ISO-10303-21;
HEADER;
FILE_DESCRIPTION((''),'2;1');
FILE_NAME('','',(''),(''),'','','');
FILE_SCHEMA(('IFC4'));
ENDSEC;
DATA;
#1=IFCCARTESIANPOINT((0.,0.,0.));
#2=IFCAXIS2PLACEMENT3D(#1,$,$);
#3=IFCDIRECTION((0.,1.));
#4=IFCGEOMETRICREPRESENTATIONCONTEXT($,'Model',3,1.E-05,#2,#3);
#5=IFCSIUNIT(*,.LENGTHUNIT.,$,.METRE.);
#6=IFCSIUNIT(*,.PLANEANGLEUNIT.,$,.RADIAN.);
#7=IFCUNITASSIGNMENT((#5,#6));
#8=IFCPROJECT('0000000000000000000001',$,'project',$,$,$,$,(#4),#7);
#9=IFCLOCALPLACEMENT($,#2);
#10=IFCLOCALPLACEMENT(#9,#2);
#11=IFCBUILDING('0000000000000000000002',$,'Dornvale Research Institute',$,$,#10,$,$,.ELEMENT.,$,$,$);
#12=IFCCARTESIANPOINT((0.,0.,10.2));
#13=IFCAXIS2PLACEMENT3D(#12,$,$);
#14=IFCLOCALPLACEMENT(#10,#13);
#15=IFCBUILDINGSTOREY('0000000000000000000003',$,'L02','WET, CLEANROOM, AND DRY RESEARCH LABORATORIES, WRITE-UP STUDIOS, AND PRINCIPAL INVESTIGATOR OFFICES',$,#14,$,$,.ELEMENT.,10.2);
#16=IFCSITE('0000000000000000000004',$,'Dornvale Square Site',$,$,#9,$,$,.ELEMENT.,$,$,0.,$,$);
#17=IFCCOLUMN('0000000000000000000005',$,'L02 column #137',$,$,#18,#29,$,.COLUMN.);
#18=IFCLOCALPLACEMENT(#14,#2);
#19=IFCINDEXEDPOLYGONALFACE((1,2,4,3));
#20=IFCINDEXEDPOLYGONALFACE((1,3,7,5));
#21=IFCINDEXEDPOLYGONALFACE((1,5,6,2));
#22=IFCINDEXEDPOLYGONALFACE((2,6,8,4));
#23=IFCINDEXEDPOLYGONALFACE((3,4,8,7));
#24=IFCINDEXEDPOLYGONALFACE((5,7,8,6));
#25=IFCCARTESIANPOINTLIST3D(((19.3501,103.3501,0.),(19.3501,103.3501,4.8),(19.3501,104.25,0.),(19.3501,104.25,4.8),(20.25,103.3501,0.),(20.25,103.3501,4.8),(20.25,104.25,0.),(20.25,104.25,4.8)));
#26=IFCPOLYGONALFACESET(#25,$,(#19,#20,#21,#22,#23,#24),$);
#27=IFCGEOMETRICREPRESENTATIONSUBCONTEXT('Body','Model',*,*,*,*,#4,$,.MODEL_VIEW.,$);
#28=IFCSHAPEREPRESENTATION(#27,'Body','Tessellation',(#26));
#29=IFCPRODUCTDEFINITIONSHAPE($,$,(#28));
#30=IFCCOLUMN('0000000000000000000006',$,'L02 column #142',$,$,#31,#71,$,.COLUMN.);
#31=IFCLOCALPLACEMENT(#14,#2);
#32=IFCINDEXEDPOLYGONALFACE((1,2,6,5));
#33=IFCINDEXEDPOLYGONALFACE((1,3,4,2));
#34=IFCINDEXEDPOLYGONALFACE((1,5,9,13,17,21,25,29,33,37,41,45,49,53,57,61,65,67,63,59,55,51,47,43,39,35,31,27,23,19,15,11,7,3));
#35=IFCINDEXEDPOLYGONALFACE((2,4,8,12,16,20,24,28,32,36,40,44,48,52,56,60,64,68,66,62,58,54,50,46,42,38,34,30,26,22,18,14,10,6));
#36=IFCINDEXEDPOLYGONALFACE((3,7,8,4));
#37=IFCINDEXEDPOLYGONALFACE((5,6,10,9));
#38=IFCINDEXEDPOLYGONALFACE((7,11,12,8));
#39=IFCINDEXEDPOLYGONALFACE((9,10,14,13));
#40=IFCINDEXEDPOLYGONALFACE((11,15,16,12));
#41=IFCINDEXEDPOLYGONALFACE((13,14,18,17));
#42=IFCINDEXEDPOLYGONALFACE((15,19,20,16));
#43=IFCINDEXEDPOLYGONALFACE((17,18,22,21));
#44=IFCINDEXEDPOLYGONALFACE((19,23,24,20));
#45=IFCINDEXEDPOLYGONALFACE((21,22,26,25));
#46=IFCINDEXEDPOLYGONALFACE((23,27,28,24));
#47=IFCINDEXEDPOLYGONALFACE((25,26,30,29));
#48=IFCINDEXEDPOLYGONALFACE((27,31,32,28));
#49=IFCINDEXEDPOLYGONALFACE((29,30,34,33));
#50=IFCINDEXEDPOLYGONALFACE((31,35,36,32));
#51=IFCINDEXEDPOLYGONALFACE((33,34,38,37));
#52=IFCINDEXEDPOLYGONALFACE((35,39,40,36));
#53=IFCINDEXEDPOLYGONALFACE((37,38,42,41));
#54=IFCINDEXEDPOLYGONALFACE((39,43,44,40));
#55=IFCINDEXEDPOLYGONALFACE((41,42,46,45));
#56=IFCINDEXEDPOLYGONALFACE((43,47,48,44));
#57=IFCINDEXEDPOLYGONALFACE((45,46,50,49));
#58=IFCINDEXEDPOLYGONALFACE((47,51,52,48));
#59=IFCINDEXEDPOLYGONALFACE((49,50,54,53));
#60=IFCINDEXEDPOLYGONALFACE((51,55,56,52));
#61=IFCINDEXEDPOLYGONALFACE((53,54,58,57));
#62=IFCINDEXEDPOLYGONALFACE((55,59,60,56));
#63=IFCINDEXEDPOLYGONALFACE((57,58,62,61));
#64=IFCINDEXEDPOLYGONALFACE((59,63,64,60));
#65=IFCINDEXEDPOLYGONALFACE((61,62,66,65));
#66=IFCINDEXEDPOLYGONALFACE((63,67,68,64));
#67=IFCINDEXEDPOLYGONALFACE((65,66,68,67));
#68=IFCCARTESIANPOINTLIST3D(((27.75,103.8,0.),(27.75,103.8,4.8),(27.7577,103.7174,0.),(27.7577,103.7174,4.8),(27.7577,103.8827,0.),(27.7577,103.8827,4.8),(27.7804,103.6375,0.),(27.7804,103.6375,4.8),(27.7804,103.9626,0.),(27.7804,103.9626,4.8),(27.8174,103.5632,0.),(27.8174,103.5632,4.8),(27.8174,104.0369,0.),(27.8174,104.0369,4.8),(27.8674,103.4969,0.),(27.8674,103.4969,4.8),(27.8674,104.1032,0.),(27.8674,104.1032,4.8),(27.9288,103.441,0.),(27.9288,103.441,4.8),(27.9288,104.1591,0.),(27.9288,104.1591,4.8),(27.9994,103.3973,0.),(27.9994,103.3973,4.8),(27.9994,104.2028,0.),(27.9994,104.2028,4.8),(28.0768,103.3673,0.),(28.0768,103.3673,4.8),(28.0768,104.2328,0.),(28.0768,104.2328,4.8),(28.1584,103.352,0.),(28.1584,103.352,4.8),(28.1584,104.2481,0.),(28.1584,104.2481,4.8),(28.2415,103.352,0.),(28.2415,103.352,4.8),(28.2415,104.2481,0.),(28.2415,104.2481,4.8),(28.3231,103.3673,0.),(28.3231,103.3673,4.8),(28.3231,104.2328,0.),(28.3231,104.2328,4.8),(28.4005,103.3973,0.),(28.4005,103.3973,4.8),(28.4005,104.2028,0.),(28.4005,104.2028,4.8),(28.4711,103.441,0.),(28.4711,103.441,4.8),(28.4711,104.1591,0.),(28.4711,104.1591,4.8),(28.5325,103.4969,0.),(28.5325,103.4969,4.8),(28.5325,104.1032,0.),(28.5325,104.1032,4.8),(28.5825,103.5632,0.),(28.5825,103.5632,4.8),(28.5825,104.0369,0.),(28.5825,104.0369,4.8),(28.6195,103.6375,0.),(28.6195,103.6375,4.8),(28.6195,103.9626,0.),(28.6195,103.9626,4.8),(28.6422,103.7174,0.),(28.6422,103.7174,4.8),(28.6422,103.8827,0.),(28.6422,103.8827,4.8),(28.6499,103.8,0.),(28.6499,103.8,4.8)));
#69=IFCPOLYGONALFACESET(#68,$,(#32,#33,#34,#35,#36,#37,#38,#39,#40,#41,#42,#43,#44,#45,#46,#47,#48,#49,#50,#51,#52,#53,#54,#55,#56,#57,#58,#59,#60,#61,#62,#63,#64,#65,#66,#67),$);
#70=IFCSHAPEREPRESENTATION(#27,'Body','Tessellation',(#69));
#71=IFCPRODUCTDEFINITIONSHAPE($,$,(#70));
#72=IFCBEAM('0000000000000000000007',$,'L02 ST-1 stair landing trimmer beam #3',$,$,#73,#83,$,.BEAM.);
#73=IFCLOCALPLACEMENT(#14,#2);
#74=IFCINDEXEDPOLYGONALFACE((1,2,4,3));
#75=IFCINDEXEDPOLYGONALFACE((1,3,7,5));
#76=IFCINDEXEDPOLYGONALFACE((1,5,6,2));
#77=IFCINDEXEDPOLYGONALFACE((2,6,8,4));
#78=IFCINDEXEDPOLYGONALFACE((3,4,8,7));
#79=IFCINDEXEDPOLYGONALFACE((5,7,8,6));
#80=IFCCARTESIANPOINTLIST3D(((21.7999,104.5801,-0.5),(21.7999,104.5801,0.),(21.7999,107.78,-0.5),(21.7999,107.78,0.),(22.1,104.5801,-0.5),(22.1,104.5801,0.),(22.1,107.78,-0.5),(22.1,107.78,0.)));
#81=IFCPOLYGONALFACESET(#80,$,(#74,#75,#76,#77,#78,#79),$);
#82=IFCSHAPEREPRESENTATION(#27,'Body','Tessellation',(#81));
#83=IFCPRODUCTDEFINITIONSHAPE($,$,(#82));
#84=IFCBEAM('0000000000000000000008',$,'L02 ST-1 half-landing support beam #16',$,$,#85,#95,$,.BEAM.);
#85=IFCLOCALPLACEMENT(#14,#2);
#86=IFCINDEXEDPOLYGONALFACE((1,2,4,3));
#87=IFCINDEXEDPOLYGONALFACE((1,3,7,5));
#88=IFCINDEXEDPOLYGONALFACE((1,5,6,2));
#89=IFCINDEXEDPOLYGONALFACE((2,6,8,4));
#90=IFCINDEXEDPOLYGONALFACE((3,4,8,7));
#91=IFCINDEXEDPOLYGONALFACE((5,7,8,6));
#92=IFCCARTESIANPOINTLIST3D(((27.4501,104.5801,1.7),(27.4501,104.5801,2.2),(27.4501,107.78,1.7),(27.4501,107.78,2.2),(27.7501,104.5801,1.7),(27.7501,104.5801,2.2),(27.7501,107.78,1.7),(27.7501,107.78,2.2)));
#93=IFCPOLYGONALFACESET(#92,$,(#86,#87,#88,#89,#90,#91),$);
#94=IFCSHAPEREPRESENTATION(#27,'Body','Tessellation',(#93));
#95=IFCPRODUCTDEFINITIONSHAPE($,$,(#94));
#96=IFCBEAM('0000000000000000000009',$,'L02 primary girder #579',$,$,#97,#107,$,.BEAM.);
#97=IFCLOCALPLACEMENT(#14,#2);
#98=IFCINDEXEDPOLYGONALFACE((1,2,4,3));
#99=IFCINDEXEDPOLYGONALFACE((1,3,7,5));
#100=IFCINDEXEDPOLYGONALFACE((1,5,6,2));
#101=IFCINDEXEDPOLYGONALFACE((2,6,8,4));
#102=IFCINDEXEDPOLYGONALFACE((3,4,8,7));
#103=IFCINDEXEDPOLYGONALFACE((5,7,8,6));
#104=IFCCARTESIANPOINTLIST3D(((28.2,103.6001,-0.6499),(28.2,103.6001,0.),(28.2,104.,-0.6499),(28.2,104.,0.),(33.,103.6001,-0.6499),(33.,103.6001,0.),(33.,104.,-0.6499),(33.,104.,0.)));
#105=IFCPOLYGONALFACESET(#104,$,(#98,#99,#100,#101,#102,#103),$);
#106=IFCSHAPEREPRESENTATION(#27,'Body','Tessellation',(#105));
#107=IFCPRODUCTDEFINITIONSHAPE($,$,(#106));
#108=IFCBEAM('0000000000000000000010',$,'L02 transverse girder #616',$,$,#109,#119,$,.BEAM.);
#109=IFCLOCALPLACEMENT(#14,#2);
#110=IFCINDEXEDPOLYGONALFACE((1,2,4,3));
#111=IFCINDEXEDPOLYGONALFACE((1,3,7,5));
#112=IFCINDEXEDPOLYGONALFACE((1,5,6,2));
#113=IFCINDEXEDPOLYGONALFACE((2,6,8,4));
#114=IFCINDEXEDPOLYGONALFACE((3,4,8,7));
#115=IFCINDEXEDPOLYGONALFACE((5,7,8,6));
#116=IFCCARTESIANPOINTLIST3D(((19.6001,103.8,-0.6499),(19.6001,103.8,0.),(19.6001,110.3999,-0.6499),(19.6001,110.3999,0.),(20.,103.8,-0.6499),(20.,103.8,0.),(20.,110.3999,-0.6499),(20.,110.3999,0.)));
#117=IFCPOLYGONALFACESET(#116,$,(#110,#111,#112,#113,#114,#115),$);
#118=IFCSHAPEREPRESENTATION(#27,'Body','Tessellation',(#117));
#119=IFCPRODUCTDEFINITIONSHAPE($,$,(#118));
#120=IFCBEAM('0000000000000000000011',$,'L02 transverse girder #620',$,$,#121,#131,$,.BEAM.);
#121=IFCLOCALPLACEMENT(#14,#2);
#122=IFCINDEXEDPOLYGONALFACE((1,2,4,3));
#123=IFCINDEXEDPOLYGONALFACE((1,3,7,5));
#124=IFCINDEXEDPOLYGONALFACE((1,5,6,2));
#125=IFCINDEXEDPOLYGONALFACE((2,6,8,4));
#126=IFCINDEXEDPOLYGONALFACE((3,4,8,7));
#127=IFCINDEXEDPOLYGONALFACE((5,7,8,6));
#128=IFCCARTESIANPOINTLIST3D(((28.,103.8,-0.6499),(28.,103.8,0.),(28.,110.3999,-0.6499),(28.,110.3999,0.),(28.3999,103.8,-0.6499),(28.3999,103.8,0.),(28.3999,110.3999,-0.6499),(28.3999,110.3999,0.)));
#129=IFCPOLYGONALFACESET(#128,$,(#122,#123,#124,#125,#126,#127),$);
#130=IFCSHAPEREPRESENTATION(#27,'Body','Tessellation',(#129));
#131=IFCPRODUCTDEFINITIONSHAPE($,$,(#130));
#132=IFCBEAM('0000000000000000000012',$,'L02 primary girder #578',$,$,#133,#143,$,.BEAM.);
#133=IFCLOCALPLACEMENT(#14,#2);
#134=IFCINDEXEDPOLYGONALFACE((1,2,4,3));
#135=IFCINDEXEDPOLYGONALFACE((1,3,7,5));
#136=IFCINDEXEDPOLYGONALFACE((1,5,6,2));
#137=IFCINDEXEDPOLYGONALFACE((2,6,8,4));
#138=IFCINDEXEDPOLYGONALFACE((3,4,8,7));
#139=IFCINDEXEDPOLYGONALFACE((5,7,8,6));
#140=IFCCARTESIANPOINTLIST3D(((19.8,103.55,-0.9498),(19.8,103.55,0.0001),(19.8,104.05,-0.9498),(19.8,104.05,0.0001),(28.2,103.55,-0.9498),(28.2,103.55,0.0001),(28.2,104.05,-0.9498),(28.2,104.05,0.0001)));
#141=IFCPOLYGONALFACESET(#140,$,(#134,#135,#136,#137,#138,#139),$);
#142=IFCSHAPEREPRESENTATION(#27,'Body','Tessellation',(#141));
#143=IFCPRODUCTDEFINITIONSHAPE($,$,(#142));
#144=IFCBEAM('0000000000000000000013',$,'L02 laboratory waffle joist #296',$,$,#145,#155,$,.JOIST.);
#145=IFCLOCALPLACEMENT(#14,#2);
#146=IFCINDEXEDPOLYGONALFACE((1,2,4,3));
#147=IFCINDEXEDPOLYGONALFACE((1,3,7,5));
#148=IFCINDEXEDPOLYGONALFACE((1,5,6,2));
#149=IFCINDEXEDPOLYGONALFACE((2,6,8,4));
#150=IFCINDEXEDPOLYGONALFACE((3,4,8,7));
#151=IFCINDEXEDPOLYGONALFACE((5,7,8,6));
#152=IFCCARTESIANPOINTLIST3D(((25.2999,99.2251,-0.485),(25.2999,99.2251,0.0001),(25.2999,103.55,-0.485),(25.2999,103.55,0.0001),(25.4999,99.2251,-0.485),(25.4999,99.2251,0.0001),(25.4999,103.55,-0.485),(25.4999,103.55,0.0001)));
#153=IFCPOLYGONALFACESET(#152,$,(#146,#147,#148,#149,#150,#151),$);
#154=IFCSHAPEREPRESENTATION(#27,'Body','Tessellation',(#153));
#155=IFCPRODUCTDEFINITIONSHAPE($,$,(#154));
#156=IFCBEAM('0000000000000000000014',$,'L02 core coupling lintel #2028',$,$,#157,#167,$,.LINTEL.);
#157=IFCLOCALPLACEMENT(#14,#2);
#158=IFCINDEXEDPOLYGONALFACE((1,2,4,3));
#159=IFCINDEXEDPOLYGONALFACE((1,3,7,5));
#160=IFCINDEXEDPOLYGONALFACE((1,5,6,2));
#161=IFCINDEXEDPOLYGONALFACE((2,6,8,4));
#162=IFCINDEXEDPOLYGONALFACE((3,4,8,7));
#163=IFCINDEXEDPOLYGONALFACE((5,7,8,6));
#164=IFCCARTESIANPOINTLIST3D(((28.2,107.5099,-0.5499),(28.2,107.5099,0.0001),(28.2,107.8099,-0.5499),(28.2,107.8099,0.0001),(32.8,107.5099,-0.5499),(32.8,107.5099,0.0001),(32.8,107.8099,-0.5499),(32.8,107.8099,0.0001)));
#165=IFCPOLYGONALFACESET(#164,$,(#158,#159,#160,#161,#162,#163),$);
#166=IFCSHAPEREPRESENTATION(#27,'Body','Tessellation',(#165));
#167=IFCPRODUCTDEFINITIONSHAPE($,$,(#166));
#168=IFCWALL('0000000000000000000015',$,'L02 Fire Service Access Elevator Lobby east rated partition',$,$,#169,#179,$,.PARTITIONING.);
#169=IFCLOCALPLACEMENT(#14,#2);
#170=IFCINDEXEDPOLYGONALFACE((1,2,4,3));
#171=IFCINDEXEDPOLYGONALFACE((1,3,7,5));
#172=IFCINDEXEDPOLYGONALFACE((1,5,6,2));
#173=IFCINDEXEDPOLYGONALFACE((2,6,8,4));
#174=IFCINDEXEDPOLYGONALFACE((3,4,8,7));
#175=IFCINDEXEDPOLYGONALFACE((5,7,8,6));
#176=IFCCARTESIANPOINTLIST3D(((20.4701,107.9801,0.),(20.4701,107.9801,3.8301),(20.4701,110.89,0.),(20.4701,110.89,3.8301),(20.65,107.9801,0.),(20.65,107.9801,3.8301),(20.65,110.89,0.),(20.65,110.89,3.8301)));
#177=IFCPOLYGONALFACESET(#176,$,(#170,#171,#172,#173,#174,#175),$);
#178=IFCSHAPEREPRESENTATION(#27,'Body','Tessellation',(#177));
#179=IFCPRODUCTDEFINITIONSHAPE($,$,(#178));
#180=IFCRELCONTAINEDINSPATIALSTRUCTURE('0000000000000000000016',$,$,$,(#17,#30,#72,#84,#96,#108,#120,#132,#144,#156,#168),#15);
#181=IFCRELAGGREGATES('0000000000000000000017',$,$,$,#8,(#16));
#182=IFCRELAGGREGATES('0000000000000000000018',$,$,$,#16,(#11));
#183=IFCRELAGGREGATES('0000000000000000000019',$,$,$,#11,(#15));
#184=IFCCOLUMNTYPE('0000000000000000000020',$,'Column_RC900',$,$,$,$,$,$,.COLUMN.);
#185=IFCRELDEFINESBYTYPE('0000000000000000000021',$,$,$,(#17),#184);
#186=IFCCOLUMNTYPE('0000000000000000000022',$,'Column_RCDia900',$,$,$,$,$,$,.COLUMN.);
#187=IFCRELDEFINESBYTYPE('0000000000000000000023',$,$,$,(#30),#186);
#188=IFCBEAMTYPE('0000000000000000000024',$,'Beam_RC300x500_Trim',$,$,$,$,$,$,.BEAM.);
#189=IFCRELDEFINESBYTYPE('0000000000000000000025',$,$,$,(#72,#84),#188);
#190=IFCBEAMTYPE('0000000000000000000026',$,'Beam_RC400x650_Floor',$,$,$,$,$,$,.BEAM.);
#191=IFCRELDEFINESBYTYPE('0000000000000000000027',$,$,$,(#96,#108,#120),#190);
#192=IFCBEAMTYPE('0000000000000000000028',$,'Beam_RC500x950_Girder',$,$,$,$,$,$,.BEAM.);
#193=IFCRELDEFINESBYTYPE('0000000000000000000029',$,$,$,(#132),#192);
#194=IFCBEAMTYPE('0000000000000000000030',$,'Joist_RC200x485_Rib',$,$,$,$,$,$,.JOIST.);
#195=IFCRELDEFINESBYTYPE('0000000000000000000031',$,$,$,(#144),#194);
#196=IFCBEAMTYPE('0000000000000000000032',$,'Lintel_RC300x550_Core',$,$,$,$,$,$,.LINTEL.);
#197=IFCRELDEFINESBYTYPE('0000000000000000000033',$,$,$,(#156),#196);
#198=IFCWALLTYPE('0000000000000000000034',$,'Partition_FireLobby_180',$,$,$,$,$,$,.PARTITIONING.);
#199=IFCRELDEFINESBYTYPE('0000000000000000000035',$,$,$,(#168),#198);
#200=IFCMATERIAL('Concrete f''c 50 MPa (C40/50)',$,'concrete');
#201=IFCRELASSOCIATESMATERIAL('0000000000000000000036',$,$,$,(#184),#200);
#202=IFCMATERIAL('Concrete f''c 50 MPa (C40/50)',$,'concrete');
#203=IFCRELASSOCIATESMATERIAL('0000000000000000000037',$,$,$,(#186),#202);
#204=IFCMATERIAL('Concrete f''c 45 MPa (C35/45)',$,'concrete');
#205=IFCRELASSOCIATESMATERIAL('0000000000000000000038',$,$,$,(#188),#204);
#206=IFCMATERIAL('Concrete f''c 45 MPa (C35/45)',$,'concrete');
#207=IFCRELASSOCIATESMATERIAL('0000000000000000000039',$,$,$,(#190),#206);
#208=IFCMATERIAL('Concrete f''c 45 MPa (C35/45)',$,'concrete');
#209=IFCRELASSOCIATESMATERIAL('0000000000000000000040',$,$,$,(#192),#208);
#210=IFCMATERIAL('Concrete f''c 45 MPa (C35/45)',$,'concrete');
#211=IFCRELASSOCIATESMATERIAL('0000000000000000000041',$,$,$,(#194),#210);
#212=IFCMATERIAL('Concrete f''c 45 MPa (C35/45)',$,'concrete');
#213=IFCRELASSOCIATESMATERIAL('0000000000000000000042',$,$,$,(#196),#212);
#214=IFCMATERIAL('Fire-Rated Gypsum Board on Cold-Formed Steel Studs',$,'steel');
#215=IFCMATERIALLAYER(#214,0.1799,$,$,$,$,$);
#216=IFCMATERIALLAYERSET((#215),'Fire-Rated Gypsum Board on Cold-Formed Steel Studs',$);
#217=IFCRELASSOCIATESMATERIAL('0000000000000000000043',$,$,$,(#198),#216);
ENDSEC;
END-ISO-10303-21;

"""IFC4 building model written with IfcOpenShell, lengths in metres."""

from ifc_helpers import new_model, si_unit, direction, frame, frame_2d, origin, origin_2d, place, context, subcontext, project, spatial, rectangle, circle, extrude, material, layer, layer_set, material_profile, profile_set, type_object, element, save


model = new_model("IFC4")

# Units and contexts
model_context = context("Model", 3, precision=1e-05, world=origin(), true_north=direction((0.0, 1.0)))
body_context = subcontext(model_context, "Body", "Model", "MODEL_VIEW")
ifc_project = project(units=[si_unit("LENGTHUNIT", "METRE"), si_unit("PLANEANGLEUNIT", "RADIAN")], contexts=[model_context])

# Site, building, storey
site_placement = place(None, origin())
site = spatial("IfcSite", under=ifc_project, at=site_placement, Name="Dornvale Square Site", CompositionType="ELEMENT", RefElevation=0.0)
building_placement = place(site_placement, origin())
building = spatial("IfcBuilding", under=site, at=building_placement, Name="Dornvale Research Institute", CompositionType="ELEMENT")
storey_placement = place(building_placement, frame((0.0, 0.0, 10.2)))
storey = spatial("IfcBuildingStorey", under=building, at=storey_placement, Name="L02", Description="WET, CLEANROOM, AND DRY RESEARCH LABORATORIES, WRITE-UP STUDIOS, AND PRINCIPAL INVESTIGATOR OFFICES", CompositionType="ELEMENT", Elevation=10.2)

# Columns
ifc_material_1 = material(Name="Concrete f'c 50 MPa (C40/50)", Category="concrete")
ifc_material_profile_1 = material_profile(ifc_material_1, rectangle(XDim=0.8999, YDim=0.8999, at=origin_2d()), Name="RC 900x900")
ifc_profile_set_1 = profile_set([ifc_material_profile_1], Name="Concrete f'c 50 MPa (C40/50)")
column_type_1 = type_object("IfcColumnType", Name="Column_RC900", PredefinedType="COLUMN", material=ifc_profile_set_1)
column_1_placement = place(storey_placement, frame((19.8, 103.8, 0.0), z_axis=(0.0, 0.0, 1.0), x_axis=(1.0, 0.0, 0.0)))
element("IfcColumn", 1, at=column_1_placement, inside=storey, type_object=column_type_1, Name="L02 column #137", PredefinedType="COLUMN", context=body_context, shape_type="SweptSolid", body=[
    extrude(rectangle(XDim=0.8999, YDim=0.8999, at=origin_2d()), origin(), (0.0, 0.0, 1.0), 4.8),
])
ifc_material_2 = material(Name="Concrete f'c 50 MPa (C40/50)", Category="concrete")
ifc_material_profile_2 = material_profile(ifc_material_2, circle(Radius=0.45, at=origin_2d()), Name="RC DIA 900")
ifc_profile_set_2 = profile_set([ifc_material_profile_2], Name="Concrete f'c 50 MPa (C40/50)")
column_type_2 = type_object("IfcColumnType", Name="Column_RCDia900", PredefinedType="COLUMN", material=ifc_profile_set_2)
column_2_placement = place(storey_placement, frame((28.2, 103.8, 0.0), z_axis=(0.0, 0.0, 1.0), x_axis=(1.0, 0.0, 0.0)))
element("IfcColumn", 2, at=column_2_placement, inside=storey, type_object=column_type_2, Name="L02 column #142", PredefinedType="COLUMN", context=body_context, shape_type="SweptSolid", body=[
    extrude(circle(Radius=0.45, at=origin_2d()), origin(), (0.0, 0.0, 1.0), 4.8),
])

# Beams
ifc_material_3 = material(Name="Concrete f'c 45 MPa (C35/45)", Category="concrete")
ifc_material_profile_3 = material_profile(ifc_material_3, rectangle(XDim=0.3, YDim=0.5, at=origin_2d()), Name="RC 300x500")
ifc_profile_set_3 = profile_set([ifc_material_profile_3], Name="Concrete f'c 45 MPa (C35/45)")
beam_type_1 = type_object("IfcBeamType", Name="Beam_RC300x500_Trim", PredefinedType="BEAM", material=ifc_profile_set_3)
for number, where, z_axis, x_axis, name in (
    (3, (21.95, 104.5801, -0.25), (0.0, 1.0, 0.0), (-1.0, 0.0, 0.0), "L02 ST-1 stair landing trimmer beam #3"),
    (4, (27.6001, 104.5801, 1.95), (0.0, 1.0, 0.0), (-1.0, 0.0, 0.0), "L02 ST-1 half-landing support beam #16"),
):
    element("IfcBeam", number, at=place(storey_placement, frame(where, z_axis=z_axis, x_axis=x_axis)), inside=storey, type_object=beam_type_1, Name=name, PredefinedType="BEAM", context=body_context, shape_type="SweptSolid", body=[
        extrude(rectangle(XDim=0.3, YDim=0.5, at=origin_2d()), origin(), (0.0, 0.0, 1.0), 3.2),
    ])
ifc_material_4 = material(Name="Concrete f'c 45 MPa (C35/45)", Category="concrete")
ifc_material_profile_4 = material_profile(ifc_material_4, rectangle(XDim=0.3999, YDim=0.6499, at=origin_2d()), Name="RC 400x650")
ifc_profile_set_4 = profile_set([ifc_material_profile_4], Name="Concrete f'c 45 MPa (C35/45)")
beam_type_2 = type_object("IfcBeamType", Name="Beam_RC400x650_Floor", PredefinedType="BEAM", material=ifc_profile_set_4)
beam_1_placement = place(storey_placement, frame((28.2, 103.8, -0.325), z_axis=(1.0, 0.0, 0.0), x_axis=(0.0, 1.0, 0.0)))
element("IfcBeam", 5, at=beam_1_placement, inside=storey, type_object=beam_type_2, Name="L02 primary girder #579", PredefinedType="BEAM", context=body_context, shape_type="SweptSolid", body=[
    extrude(rectangle(XDim=0.3999, YDim=0.6499, at=origin_2d()), origin(), (0.0, 0.0, 1.0), 4.8),
])
for number, where, z_axis, x_axis, name in (
    (6, (19.8, 103.8, -0.325), (0.0, 1.0, 0.0), (-1.0, 0.0, 0.0), "L02 transverse girder #616"),
    (7, (28.2, 103.8, -0.325), (0.0, 1.0, 0.0), (-1.0, 0.0, 0.0), "L02 transverse girder #620"),
):
    element("IfcBeam", number, at=place(storey_placement, frame(where, z_axis=z_axis, x_axis=x_axis)), inside=storey, type_object=beam_type_2, Name=name, PredefinedType="BEAM", context=body_context, shape_type="SweptSolid", body=[
        extrude(rectangle(XDim=0.3999, YDim=0.6499, at=origin_2d()), origin(), (0.0, 0.0, 1.0), 6.5999),
    ])
ifc_material_5 = material(Name="Concrete f'c 45 MPa (C35/45)", Category="concrete")
ifc_material_profile_5 = material_profile(ifc_material_5, rectangle(XDim=0.5, YDim=0.95, at=origin_2d()), Name="RC 500x950")
ifc_profile_set_5 = profile_set([ifc_material_profile_5], Name="Concrete f'c 45 MPa (C35/45)")
beam_type_3 = type_object("IfcBeamType", Name="Beam_RC500x950_Girder", PredefinedType="BEAM", material=ifc_profile_set_5)
beam_2_placement = place(storey_placement, frame((19.8, 103.8, -0.4749), z_axis=(1.0, 0.0, 0.0), x_axis=(0.0, 1.0, 0.0)))
element("IfcBeam", 8, at=beam_2_placement, inside=storey, type_object=beam_type_3, Name="L02 primary girder #578", PredefinedType="BEAM", context=body_context, shape_type="SweptSolid", body=[
    extrude(rectangle(XDim=0.5, YDim=0.95, at=origin_2d()), origin(), (0.0, 0.0, 1.0), 8.3999),
])
ifc_material_6 = material(Name="Concrete f'c 45 MPa (C35/45)", Category="concrete")
ifc_material_profile_6 = material_profile(ifc_material_6, rectangle(XDim=0.2, YDim=0.4851, at=origin_2d()), Name="RC 200x485")
ifc_profile_set_6 = profile_set([ifc_material_profile_6], Name="Concrete f'c 45 MPa (C35/45)")
beam_type_4 = type_object("IfcBeamType", Name="Joist_RC200x485_Rib", PredefinedType="JOIST", material=ifc_profile_set_6)
beam_3_placement = place(storey_placement, frame((25.3999, 99.2251, -0.2424), z_axis=(0.0, 1.0, 0.0), x_axis=(-1.0, 0.0, 0.0)))
element("IfcBeam", 9, at=beam_3_placement, inside=storey, type_object=beam_type_4, Name="L02 laboratory waffle joist #296", PredefinedType="JOIST", context=body_context, shape_type="SweptSolid", body=[
    extrude(rectangle(XDim=0.2, YDim=0.4851, at=origin_2d()), origin(), (0.0, 0.0, 1.0), 4.325),
])
ifc_material_7 = material(Name="Concrete f'c 45 MPa (C35/45)", Category="concrete")
ifc_material_profile_7 = material_profile(ifc_material_7, rectangle(XDim=0.3, YDim=0.55, at=origin_2d()), Name="RC 300x550")
ifc_profile_set_7 = profile_set([ifc_material_profile_7], Name="Concrete f'c 45 MPa (C35/45)")
beam_type_5 = type_object("IfcBeamType", Name="Lintel_RC300x550_Core", PredefinedType="LINTEL", material=ifc_profile_set_7)
beam_4_placement = place(storey_placement, frame((28.2, 107.6599, -0.2749), z_axis=(1.0, 0.0, 0.0), x_axis=(0.0, 1.0, 0.0)))
element("IfcBeam", 10, at=beam_4_placement, inside=storey, type_object=beam_type_5, Name="L02 core coupling lintel #2028", PredefinedType="LINTEL", context=body_context, shape_type="SweptSolid", body=[
    extrude(rectangle(XDim=0.3, YDim=0.55, at=origin_2d()), origin(), (0.0, 0.0, 1.0), 4.6001),
])

# Wall
ifc_material_8 = material(Name="Fire-Rated Gypsum Board on Cold-Formed Steel Studs", Category="steel")
ifc_layer_1 = layer(ifc_material_8, 0.1799)
ifc_layer_set_1 = layer_set([ifc_layer_1], Name="Fire-Rated Gypsum Board on Cold-Formed Steel Studs")
wall_type_1 = type_object("IfcWallType", Name="Partition_FireLobby_180", PredefinedType="PARTITIONING", material=ifc_layer_set_1)
wall_1_placement = place(storey_placement, frame((20.5601, 107.98, 0.0), z_axis=(0.0, 0.0, 1.0), x_axis=(0.0, 1.0, 0.0)))
element("IfcWall", 11, at=wall_1_placement, inside=storey, type_object=wall_type_1, Name="L02 Fire Service Access Elevator Lobby east rated partition", PredefinedType="PARTITIONING", context=body_context, shape_type="SweptSolid", body=[
    extrude(rectangle(XDim=2.9099, YDim=0.1799, at=frame_2d((1.4551, 0.0))), origin(), (0.0, 0.0, 1.0), 3.8301),
])

save(model, "model.ifc")
